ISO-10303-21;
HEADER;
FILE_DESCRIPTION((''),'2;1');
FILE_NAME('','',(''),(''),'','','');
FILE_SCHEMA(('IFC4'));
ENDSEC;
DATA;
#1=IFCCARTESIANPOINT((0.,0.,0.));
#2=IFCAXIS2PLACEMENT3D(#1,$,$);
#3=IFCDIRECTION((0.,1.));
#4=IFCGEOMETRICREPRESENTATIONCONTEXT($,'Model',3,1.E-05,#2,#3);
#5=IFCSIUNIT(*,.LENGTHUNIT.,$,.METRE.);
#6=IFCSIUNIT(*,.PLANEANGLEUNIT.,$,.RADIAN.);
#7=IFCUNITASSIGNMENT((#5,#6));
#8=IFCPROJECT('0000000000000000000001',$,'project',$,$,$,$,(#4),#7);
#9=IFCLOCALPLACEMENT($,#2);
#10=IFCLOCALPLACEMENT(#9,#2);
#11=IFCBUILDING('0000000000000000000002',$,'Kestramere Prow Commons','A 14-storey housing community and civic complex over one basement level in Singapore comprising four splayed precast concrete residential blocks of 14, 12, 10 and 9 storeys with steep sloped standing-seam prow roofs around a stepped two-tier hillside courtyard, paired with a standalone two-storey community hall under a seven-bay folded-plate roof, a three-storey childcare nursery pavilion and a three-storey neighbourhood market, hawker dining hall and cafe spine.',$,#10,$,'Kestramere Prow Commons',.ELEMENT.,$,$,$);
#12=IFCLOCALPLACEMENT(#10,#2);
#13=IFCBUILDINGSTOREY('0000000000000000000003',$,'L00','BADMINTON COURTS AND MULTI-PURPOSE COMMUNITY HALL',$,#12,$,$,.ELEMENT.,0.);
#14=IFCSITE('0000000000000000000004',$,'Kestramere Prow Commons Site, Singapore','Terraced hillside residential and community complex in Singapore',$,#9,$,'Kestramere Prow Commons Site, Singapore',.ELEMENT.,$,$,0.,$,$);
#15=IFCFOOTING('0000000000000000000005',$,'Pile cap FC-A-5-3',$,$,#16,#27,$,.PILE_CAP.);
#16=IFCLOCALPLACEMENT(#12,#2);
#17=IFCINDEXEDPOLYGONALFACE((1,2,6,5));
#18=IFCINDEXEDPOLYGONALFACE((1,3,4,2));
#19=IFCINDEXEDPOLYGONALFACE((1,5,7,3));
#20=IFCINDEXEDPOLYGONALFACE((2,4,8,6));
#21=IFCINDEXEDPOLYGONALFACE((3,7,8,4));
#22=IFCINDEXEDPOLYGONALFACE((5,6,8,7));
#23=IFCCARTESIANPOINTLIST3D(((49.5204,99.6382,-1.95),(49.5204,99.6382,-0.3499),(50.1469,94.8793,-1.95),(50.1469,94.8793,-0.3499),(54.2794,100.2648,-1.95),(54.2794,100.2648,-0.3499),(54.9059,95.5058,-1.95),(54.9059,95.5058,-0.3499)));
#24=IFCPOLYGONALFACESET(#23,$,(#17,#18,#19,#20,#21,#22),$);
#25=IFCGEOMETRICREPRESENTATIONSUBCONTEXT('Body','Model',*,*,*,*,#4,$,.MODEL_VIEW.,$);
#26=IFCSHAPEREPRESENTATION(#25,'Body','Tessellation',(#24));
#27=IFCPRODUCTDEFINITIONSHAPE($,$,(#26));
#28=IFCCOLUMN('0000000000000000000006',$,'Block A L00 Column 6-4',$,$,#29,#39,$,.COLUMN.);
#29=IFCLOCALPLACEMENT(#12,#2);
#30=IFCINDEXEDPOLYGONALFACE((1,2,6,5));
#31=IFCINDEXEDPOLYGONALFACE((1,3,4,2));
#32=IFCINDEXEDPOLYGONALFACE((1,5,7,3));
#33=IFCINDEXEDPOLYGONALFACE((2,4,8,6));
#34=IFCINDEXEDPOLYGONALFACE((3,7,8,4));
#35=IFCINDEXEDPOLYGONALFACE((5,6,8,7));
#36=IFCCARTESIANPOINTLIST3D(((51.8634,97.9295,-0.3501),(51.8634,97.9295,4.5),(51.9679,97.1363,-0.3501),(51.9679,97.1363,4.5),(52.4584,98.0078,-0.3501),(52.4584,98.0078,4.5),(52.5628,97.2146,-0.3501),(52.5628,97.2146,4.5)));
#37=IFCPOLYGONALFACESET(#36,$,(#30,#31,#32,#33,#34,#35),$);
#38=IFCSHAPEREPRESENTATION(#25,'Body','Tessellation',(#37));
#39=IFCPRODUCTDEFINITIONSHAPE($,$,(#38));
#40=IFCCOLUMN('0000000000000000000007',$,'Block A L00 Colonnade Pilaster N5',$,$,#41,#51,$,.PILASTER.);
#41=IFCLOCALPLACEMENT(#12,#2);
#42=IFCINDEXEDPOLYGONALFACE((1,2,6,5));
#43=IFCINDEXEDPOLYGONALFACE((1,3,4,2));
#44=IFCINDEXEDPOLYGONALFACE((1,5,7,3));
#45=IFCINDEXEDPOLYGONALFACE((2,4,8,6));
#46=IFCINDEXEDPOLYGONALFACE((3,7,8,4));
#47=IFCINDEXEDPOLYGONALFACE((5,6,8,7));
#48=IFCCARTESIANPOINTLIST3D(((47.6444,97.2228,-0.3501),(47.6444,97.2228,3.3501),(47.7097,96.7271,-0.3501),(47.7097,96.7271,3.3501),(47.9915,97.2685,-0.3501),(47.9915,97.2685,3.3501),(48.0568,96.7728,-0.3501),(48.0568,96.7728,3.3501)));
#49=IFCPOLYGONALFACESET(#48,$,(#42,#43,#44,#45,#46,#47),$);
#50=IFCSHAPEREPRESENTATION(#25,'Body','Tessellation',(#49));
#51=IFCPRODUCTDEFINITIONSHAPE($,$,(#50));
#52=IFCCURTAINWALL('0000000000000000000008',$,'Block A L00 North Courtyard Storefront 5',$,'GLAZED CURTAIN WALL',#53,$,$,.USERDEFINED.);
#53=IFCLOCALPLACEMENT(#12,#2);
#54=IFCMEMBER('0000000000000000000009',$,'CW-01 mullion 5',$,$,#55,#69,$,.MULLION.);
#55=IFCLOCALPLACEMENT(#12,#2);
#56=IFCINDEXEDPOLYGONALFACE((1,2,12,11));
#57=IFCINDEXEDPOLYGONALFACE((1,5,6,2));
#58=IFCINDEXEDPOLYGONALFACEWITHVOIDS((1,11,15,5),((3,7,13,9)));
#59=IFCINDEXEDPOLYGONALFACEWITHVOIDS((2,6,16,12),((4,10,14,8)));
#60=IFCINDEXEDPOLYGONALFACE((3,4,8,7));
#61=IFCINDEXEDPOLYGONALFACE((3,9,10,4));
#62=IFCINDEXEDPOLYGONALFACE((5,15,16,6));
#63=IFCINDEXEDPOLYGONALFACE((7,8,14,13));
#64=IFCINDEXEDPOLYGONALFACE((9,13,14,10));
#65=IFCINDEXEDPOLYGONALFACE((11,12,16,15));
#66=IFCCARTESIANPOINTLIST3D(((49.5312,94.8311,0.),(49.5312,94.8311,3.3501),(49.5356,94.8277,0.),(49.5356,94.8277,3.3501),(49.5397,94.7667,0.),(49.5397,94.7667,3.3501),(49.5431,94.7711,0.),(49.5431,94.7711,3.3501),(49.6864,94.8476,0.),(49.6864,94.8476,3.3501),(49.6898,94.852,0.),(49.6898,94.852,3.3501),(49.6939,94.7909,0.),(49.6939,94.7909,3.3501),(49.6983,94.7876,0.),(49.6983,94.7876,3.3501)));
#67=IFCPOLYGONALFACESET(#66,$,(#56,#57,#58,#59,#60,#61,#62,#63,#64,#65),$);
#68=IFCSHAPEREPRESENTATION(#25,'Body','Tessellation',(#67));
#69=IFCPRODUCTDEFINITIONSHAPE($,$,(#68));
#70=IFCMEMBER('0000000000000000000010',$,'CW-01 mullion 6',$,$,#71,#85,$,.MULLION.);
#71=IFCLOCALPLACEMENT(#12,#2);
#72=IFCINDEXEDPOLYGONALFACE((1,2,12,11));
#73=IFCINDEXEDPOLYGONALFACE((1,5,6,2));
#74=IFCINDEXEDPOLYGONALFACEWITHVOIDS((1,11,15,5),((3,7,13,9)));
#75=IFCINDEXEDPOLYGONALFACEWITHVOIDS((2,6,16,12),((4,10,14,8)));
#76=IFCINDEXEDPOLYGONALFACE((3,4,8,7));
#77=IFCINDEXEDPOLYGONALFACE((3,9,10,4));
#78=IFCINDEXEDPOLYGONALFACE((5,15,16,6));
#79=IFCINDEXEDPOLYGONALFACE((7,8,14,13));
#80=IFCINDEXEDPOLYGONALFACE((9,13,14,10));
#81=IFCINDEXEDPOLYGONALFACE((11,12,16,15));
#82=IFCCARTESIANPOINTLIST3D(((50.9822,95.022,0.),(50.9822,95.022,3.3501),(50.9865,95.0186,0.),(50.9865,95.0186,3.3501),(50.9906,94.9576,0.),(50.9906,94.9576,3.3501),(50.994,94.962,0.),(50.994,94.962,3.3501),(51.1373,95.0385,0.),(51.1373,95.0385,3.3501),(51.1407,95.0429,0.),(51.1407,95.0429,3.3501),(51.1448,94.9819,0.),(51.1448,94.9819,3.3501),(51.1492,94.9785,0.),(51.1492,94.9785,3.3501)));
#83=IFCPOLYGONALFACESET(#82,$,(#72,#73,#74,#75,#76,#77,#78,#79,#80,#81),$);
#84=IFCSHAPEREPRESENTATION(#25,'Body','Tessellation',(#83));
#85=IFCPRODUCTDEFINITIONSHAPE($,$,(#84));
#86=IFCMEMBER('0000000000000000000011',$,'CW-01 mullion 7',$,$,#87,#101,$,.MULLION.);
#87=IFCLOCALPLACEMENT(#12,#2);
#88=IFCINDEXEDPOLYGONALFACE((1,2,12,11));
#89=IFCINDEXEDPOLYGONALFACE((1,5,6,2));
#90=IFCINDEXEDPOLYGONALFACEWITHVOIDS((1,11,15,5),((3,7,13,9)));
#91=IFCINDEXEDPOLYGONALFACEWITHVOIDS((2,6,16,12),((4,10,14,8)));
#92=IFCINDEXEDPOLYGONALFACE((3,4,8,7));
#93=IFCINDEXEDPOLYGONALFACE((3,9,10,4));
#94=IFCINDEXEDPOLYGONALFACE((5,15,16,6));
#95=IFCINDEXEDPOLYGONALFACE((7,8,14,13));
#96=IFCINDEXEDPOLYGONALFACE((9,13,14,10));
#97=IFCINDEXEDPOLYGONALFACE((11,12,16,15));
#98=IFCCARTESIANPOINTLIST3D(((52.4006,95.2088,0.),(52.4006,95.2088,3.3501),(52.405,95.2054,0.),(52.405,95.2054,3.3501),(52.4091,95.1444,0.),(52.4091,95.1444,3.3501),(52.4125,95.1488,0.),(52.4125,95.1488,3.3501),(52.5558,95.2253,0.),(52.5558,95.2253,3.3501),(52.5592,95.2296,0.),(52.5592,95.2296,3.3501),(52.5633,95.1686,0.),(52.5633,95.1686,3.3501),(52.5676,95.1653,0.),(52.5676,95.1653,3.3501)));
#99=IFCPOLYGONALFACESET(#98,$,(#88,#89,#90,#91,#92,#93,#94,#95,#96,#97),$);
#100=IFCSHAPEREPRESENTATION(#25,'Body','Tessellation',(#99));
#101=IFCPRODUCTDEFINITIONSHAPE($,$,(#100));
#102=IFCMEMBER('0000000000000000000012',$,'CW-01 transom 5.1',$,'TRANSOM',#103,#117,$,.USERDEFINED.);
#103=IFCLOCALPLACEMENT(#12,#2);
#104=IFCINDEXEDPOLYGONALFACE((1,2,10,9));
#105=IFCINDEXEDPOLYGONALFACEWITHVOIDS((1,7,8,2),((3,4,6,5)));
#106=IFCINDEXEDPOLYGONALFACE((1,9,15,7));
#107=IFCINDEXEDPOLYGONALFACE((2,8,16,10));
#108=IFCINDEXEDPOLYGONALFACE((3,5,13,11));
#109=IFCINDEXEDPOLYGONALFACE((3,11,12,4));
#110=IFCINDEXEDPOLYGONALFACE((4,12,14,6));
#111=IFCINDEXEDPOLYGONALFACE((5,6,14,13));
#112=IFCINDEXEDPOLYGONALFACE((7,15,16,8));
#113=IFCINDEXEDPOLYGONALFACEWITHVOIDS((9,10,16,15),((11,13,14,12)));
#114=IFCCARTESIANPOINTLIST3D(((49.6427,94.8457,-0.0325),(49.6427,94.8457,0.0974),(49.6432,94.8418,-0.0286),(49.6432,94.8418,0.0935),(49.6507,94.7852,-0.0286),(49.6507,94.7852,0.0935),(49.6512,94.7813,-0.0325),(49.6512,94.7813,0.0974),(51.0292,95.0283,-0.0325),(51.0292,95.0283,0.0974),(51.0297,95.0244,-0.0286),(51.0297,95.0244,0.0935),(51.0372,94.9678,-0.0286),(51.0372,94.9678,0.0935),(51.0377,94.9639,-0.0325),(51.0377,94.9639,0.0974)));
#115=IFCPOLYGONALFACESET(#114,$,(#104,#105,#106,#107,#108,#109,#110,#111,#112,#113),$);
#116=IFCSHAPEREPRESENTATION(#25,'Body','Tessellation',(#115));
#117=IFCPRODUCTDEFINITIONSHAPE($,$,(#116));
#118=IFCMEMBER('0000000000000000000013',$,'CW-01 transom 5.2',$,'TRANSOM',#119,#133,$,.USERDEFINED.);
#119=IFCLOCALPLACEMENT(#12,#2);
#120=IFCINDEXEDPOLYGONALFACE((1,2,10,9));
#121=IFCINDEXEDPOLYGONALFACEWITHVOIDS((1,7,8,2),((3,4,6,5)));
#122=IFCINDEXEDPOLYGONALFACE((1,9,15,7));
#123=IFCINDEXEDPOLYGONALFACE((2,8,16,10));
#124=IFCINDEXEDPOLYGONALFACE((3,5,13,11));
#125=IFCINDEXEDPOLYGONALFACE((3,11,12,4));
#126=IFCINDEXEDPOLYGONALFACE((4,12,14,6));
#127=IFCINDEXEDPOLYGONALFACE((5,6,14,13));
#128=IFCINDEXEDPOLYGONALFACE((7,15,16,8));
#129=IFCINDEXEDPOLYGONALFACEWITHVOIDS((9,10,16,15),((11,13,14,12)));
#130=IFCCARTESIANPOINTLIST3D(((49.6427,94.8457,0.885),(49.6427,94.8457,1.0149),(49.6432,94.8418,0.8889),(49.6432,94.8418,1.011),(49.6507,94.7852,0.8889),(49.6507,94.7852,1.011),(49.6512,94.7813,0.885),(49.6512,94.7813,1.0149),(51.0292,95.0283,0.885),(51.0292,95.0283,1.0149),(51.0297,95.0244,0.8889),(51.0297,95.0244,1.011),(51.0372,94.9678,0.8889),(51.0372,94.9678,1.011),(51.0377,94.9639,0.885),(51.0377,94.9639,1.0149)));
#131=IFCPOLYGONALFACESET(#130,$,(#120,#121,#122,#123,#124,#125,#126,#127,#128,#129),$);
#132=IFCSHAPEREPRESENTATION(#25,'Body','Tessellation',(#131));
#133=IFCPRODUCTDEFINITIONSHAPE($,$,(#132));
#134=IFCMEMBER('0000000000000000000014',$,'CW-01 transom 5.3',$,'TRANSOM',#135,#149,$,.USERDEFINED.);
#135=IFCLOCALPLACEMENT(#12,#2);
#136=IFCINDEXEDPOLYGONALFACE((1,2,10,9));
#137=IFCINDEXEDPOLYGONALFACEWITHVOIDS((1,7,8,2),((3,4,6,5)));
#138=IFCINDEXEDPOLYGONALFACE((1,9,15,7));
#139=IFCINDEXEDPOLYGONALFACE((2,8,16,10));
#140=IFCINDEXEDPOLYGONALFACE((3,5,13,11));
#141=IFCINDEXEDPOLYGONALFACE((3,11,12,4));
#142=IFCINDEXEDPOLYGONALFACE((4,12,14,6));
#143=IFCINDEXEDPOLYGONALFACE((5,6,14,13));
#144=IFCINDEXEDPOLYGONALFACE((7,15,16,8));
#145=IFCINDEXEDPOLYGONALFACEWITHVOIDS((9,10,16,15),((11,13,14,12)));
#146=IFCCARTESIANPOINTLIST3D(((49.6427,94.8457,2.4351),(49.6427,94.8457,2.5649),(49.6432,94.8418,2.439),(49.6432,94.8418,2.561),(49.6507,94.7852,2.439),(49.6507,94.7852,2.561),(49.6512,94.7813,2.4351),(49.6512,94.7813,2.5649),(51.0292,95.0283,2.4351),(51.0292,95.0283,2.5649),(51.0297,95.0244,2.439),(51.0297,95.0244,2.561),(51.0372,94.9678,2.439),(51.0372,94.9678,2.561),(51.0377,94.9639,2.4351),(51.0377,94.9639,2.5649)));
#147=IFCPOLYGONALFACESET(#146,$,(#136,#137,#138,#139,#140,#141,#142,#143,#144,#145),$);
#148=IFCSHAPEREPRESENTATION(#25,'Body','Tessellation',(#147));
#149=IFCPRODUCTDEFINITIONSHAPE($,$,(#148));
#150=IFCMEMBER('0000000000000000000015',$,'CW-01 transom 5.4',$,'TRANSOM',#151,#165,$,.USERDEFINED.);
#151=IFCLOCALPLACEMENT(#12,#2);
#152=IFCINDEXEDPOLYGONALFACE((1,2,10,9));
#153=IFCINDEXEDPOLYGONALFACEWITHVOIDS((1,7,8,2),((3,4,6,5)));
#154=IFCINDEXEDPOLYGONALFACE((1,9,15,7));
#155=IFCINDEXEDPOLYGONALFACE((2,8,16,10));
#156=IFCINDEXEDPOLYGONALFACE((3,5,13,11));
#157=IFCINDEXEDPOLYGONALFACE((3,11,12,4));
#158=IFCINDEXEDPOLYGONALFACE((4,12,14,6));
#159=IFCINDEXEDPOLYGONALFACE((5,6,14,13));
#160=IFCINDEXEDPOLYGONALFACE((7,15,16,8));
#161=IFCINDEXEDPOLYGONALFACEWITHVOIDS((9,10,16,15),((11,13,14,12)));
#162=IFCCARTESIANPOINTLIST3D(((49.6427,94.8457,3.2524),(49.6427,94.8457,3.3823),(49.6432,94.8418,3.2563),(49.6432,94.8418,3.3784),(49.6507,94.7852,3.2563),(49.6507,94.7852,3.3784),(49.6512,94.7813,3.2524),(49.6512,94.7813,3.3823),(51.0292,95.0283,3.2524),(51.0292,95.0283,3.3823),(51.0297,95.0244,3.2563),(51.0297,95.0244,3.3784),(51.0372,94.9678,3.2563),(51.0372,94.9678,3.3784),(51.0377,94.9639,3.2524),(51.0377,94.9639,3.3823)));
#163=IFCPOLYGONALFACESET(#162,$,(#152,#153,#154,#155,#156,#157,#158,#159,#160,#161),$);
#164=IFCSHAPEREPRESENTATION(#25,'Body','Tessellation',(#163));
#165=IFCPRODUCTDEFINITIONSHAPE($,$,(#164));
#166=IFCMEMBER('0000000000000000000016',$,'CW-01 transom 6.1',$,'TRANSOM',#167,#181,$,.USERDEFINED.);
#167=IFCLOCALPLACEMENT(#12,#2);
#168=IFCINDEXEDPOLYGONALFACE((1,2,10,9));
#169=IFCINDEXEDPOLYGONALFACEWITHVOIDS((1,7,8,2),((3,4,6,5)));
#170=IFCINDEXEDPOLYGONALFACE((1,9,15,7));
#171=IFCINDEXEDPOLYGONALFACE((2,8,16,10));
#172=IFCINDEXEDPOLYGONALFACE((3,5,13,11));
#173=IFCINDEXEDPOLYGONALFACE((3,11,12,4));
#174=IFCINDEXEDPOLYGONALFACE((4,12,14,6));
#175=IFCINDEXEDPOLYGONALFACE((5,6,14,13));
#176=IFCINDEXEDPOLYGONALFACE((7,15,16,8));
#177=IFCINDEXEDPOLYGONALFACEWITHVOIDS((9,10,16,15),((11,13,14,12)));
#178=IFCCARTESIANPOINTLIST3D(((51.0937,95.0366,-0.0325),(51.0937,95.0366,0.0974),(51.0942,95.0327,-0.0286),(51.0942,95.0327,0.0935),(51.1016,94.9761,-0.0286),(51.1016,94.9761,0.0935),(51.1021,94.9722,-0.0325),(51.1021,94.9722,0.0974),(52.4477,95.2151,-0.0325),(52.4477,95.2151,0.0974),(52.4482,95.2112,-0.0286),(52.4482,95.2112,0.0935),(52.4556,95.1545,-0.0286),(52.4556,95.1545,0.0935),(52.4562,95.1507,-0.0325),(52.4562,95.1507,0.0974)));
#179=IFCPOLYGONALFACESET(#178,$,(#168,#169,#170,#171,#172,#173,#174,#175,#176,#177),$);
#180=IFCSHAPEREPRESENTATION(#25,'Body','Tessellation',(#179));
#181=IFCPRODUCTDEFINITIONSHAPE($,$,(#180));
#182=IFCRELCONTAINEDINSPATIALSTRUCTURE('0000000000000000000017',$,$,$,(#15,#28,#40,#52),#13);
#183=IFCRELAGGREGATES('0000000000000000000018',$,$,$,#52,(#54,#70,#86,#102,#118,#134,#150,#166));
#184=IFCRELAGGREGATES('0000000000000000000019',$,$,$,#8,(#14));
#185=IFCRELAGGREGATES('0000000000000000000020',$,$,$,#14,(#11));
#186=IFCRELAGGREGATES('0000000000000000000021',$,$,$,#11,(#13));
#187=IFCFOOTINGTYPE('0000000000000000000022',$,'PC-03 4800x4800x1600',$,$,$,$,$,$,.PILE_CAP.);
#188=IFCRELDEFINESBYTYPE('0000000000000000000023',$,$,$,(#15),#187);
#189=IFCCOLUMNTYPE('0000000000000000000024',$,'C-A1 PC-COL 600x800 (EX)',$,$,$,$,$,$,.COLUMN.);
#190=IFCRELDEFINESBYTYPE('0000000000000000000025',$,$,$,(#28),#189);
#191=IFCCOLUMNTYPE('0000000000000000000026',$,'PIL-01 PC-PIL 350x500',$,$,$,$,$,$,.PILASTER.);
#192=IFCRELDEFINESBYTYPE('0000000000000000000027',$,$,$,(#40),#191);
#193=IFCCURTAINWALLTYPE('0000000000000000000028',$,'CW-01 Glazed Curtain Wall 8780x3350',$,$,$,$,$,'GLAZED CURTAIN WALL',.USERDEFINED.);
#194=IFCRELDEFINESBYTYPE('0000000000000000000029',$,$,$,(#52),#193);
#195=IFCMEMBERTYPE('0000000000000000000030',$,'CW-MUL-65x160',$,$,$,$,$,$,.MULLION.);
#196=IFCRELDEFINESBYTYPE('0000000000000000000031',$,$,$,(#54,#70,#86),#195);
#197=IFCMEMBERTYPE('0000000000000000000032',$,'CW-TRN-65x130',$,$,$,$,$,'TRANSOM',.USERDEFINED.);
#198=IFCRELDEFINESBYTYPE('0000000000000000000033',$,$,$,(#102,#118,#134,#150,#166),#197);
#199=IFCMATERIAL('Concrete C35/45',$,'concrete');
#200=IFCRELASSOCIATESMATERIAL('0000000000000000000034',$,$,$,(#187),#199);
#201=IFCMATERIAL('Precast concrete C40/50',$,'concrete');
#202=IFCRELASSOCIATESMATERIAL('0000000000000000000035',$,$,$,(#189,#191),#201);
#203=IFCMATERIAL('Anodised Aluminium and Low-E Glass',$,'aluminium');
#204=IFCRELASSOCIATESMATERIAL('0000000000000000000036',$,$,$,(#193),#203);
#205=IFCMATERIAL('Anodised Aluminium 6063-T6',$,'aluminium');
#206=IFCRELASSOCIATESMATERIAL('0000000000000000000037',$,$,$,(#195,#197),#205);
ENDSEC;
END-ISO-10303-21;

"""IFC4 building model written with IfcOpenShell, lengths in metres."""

from ifc_helpers import new_model, si_unit, direction, frame, origin, origin_2d, place, context, subcontext, project, spatial, rectangle, hollow_rectangle, extrude, material, material_profile, profile_set, type_object, element, aggregate, save


model = new_model("IFC4")

# Units and contexts
model_context = context("Model", 3, precision=1e-05, world=origin(), true_north=direction((0.0, 1.0)))
body_context = subcontext(model_context, "Body", "Model", "MODEL_VIEW")
ifc_project = project(units=[si_unit("LENGTHUNIT", "METRE"), si_unit("PLANEANGLEUNIT", "RADIAN")], contexts=[model_context])

# Site, building, storey
site_placement = place(None, origin())
site = spatial("IfcSite", under=ifc_project, at=site_placement, Name="Kestramere Prow Commons Site, Singapore", Description="Terraced hillside residential and community complex in Singapore", LongName="Kestramere Prow Commons Site, Singapore", CompositionType="ELEMENT", RefElevation=0.0)
building_placement = place(site_placement, origin())
building = spatial("IfcBuilding", under=site, at=building_placement, Name="Kestramere Prow Commons", Description="A 14-storey housing community and civic complex over one basement level in Singapore comprising four splayed precast concrete residential blocks of 14, 12, 10 and 9 storeys with steep sloped standing-seam prow roofs around a stepped two-tier hillside courtyard, paired with a standalone two-storey community hall under a seven-bay folded-plate roof, a three-storey childcare nursery pavilion and a three-storey neighbourhood market, hawker dining hall and cafe spine.", LongName="Kestramere Prow Commons", CompositionType="ELEMENT")
storey_placement = place(building_placement, origin())
storey = spatial("IfcBuildingStorey", under=building, at=storey_placement, Name="L00", Description="BADMINTON COURTS AND MULTI-PURPOSE COMMUNITY HALL", CompositionType="ELEMENT", Elevation=0.0)

# Shared definitions
ifc_material_1 = material(Name="Concrete C35/45", Category="concrete")

# Footing
footing_type_1 = type_object("IfcFootingType", Name="PC-03 4800x4800x1600", PredefinedType="PILE_CAP", material=ifc_material_1)
footing_1_placement = place(storey_placement, frame((52.2131, 97.572, -1.95), z_axis=(0.0, 0.0, 1.0), x_axis=(0.991445, 0.130526, 0.0)))
element("IfcFooting", 1, at=footing_1_placement, inside=storey, type_object=footing_type_1, Name="Pile cap FC-A-5-3", PredefinedType="PILE_CAP", context=body_context, shape_type="SweptSolid", body=[
    extrude(rectangle(XDim=4.8, YDim=4.8, at=origin_2d()), origin(), (0.0, 0.0, 1.0), 1.6001),
])

# Columns
ifc_material_2 = material(Name="Precast concrete C40/50", Category="concrete")
ifc_material_profile_1 = material_profile(ifc_material_2, rectangle(XDim=0.6001, YDim=0.8, at=origin_2d()), Name="PC-COL 600x800")
ifc_profile_set_1 = profile_set([ifc_material_profile_1], Name="Precast concrete C40/50")
column_type_1 = type_object("IfcColumnType", Name="C-A1 PC-COL 600x800 (EX)", PredefinedType="COLUMN", material=ifc_profile_set_1)
column_1_placement = place(storey_placement, frame((52.2131, 97.572, -0.3501), z_axis=(0.0, 0.0, 1.0), x_axis=(0.991445, 0.130526, 0.0)))
element("IfcColumn", 2, at=column_1_placement, inside=storey, type_object=column_type_1, Name="Block A L00 Column 6-4", PredefinedType="COLUMN", context=body_context, shape_type="SweptSolid", body=[
    extrude(rectangle(XDim=0.6001, YDim=0.8, at=origin_2d()), origin(), (0.0, 0.0, 1.0), 4.8501),
])
ifc_material_profile_2 = material_profile(ifc_material_2, rectangle(XDim=0.3501, YDim=0.5, at=origin_2d()), Name="PC-PIL 350x500")
ifc_profile_set_2 = profile_set([ifc_material_profile_2], Name="Precast concrete C40/50")
column_type_2 = type_object("IfcColumnType", Name="PIL-01 PC-PIL 350x500", PredefinedType="PILASTER", material=ifc_profile_set_2)
column_2_placement = place(storey_placement, frame((47.8506, 96.9978, -0.3501), z_axis=(0.0, 0.0, 1.0), x_axis=(0.991445, 0.130526, 0.0)))
element("IfcColumn", 3, at=column_2_placement, inside=storey, type_object=column_type_2, Name="Block A L00 Colonnade Pilaster N5", PredefinedType="PILASTER", context=body_context, shape_type="SweptSolid", body=[
    extrude(rectangle(XDim=0.3501, YDim=0.5, at=origin_2d()), origin(), (0.0, 0.0, 1.0), 3.7002),
])

# Curtain wall, members
ifc_material_3 = material(Name="Anodised Aluminium and Low-E Glass", Category="aluminium")
curtain_wall_type = type_object("IfcCurtainWallType", Name="CW-01 Glazed Curtain Wall 8780x3350", ElementType="GLAZED CURTAIN WALL", PredefinedType="USERDEFINED", material=ifc_material_3)
curtain_wall_placement = place(storey_placement, origin())
curtain_wall = element("IfcCurtainWall", 4, at=curtain_wall_placement, inside=storey, type_object=curtain_wall_type, Name="Block A L00 North Courtyard Storefront 5", ObjectType="GLAZED CURTAIN WALL", PredefinedType="USERDEFINED")
ifc_material_4 = material(Name="Anodised Aluminium 6063-T6", Category="aluminium")
ifc_material_profile_3 = material_profile(ifc_material_4, hollow_rectangle(XDim=0.0649, YDim=0.1599, WallThickness=0.0039, at=origin_2d()), Name="ALU-MUL 65x160")
ifc_profile_set_3 = profile_set([ifc_material_profile_3], Name="Anodised Aluminium 6063-T6")
member_type_1 = type_object("IfcMemberType", Name="CW-MUL-65x160", PredefinedType="MULLION", material=ifc_profile_set_3)
member_1_placement = place(storey_placement, frame((49.6147, 94.8093, 0.0), z_axis=(0.0, 0.0, 1.0), x_axis=(-0.130526, 0.991445, 0.0)))
member_1 = element("IfcMember", 5, at=member_1_placement, type_object=member_type_1, Name="CW-01 mullion 5", PredefinedType="MULLION", context=body_context, shape_type="SweptSolid", body=[
    extrude(hollow_rectangle(XDim=0.0649, YDim=0.1599, WallThickness=0.0039, at=origin_2d()), origin(), (0.0, 0.0, 1.0), 3.3501),
])
member_2_placement = place(storey_placement, frame((51.0657, 95.0002, 0.0), z_axis=(0.0, 0.0, 1.0), x_axis=(-0.130526, 0.991445, 0.0)))
member_2 = element("IfcMember", 6, at=member_2_placement, type_object=member_type_1, Name="CW-01 mullion 6", PredefinedType="MULLION", context=body_context, shape_type="SweptSolid", body=[
    extrude(hollow_rectangle(XDim=0.0649, YDim=0.1599, WallThickness=0.0039, at=origin_2d()), origin(), (0.0, 0.0, 1.0), 3.3501),
])
member_3_placement = place(storey_placement, frame((52.4841, 95.187, 0.0), z_axis=(0.0, 0.0, 1.0), x_axis=(-0.130526, 0.991445, 0.0)))
member_3 = element("IfcMember", 7, at=member_3_placement, type_object=member_type_1, Name="CW-01 mullion 7", PredefinedType="MULLION", context=body_context, shape_type="SweptSolid", body=[
    extrude(hollow_rectangle(XDim=0.0649, YDim=0.1599, WallThickness=0.0039, at=origin_2d()), origin(), (0.0, 0.0, 1.0), 3.3501),
])
ifc_material_profile_4 = material_profile(ifc_material_4, hollow_rectangle(XDim=0.0649, YDim=0.1299, WallThickness=0.0039, at=origin_2d()), Name="ALU-TRN 65x130")
ifc_profile_set_4 = profile_set([ifc_material_profile_4], Name="Anodised Aluminium 6063-T6")
member_type_2 = type_object("IfcMemberType", Name="CW-TRN-65x130", ElementType="TRANSOM", PredefinedType="USERDEFINED", material=ifc_profile_set_4)
member_4_placement = place(storey_placement, frame((49.647, 94.8135, 0.0325), z_axis=(0.991437, 0.130585, 0.0), x_axis=(-0.130585, 0.991437, 0.0)))
member_4 = element("IfcMember", 8, at=member_4_placement, type_object=member_type_2, Name="CW-01 transom 5.1", ObjectType="TRANSOM", PredefinedType="USERDEFINED", context=body_context, shape_type="SweptSolid", body=[
    extrude(hollow_rectangle(XDim=0.0649, YDim=0.1299, WallThickness=0.0039, at=origin_2d()), origin(), (0.0, 0.0, 1.0), 1.3984),
])
member_5_placement = place(storey_placement, frame((49.647, 94.8135, 0.95), z_axis=(0.991437, 0.130585, 0.0), x_axis=(-0.130585, 0.991437, 0.0)))
member_5 = element("IfcMember", 9, at=member_5_placement, type_object=member_type_2, Name="CW-01 transom 5.2", ObjectType="TRANSOM", PredefinedType="USERDEFINED", context=body_context, shape_type="SweptSolid", body=[
    extrude(hollow_rectangle(XDim=0.0649, YDim=0.1299, WallThickness=0.0039, at=origin_2d()), origin(), (0.0, 0.0, 1.0), 1.3984),
])
member_6_placement = place(storey_placement, frame((49.647, 94.8135, 2.5), z_axis=(0.991437, 0.130585, 0.0), x_axis=(-0.130585, 0.991437, 0.0)))
member_6 = element("IfcMember", 10, at=member_6_placement, type_object=member_type_2, Name="CW-01 transom 5.3", ObjectType="TRANSOM", PredefinedType="USERDEFINED", context=body_context, shape_type="SweptSolid", body=[
    extrude(hollow_rectangle(XDim=0.0649, YDim=0.1299, WallThickness=0.0039, at=origin_2d()), origin(), (0.0, 0.0, 1.0), 1.3984),
])
member_7_placement = place(storey_placement, frame((49.647, 94.8135, 3.3174), z_axis=(0.991437, 0.130585, 0.0), x_axis=(-0.130585, 0.991437, 0.0)))
member_7 = element("IfcMember", 11, at=member_7_placement, type_object=member_type_2, Name="CW-01 transom 5.4", ObjectType="TRANSOM", PredefinedType="USERDEFINED", context=body_context, shape_type="SweptSolid", body=[
    extrude(hollow_rectangle(XDim=0.0649, YDim=0.1299, WallThickness=0.0039, at=origin_2d()), origin(), (0.0, 0.0, 1.0), 1.3984),
])
member_8_placement = place(storey_placement, frame((51.0979, 95.0044, 0.0325), z_axis=(0.991425, 0.130676, 0.0), x_axis=(-0.130676, 0.991425, 0.0)))
member_8 = element("IfcMember", 12, at=member_8_placement, type_object=member_type_2, Name="CW-01 transom 6.1", ObjectType="TRANSOM", PredefinedType="USERDEFINED", context=body_context, shape_type="SweptSolid", body=[
    extrude(hollow_rectangle(XDim=0.0649, YDim=0.1299, WallThickness=0.0039, at=origin_2d()), origin(), (0.0, 0.0, 1.0), 1.3657),
])

aggregate(curtain_wall, [member_1, member_2, member_3, member_4, member_5, member_6, member_7, member_8])

save(model, "model.ifc")
